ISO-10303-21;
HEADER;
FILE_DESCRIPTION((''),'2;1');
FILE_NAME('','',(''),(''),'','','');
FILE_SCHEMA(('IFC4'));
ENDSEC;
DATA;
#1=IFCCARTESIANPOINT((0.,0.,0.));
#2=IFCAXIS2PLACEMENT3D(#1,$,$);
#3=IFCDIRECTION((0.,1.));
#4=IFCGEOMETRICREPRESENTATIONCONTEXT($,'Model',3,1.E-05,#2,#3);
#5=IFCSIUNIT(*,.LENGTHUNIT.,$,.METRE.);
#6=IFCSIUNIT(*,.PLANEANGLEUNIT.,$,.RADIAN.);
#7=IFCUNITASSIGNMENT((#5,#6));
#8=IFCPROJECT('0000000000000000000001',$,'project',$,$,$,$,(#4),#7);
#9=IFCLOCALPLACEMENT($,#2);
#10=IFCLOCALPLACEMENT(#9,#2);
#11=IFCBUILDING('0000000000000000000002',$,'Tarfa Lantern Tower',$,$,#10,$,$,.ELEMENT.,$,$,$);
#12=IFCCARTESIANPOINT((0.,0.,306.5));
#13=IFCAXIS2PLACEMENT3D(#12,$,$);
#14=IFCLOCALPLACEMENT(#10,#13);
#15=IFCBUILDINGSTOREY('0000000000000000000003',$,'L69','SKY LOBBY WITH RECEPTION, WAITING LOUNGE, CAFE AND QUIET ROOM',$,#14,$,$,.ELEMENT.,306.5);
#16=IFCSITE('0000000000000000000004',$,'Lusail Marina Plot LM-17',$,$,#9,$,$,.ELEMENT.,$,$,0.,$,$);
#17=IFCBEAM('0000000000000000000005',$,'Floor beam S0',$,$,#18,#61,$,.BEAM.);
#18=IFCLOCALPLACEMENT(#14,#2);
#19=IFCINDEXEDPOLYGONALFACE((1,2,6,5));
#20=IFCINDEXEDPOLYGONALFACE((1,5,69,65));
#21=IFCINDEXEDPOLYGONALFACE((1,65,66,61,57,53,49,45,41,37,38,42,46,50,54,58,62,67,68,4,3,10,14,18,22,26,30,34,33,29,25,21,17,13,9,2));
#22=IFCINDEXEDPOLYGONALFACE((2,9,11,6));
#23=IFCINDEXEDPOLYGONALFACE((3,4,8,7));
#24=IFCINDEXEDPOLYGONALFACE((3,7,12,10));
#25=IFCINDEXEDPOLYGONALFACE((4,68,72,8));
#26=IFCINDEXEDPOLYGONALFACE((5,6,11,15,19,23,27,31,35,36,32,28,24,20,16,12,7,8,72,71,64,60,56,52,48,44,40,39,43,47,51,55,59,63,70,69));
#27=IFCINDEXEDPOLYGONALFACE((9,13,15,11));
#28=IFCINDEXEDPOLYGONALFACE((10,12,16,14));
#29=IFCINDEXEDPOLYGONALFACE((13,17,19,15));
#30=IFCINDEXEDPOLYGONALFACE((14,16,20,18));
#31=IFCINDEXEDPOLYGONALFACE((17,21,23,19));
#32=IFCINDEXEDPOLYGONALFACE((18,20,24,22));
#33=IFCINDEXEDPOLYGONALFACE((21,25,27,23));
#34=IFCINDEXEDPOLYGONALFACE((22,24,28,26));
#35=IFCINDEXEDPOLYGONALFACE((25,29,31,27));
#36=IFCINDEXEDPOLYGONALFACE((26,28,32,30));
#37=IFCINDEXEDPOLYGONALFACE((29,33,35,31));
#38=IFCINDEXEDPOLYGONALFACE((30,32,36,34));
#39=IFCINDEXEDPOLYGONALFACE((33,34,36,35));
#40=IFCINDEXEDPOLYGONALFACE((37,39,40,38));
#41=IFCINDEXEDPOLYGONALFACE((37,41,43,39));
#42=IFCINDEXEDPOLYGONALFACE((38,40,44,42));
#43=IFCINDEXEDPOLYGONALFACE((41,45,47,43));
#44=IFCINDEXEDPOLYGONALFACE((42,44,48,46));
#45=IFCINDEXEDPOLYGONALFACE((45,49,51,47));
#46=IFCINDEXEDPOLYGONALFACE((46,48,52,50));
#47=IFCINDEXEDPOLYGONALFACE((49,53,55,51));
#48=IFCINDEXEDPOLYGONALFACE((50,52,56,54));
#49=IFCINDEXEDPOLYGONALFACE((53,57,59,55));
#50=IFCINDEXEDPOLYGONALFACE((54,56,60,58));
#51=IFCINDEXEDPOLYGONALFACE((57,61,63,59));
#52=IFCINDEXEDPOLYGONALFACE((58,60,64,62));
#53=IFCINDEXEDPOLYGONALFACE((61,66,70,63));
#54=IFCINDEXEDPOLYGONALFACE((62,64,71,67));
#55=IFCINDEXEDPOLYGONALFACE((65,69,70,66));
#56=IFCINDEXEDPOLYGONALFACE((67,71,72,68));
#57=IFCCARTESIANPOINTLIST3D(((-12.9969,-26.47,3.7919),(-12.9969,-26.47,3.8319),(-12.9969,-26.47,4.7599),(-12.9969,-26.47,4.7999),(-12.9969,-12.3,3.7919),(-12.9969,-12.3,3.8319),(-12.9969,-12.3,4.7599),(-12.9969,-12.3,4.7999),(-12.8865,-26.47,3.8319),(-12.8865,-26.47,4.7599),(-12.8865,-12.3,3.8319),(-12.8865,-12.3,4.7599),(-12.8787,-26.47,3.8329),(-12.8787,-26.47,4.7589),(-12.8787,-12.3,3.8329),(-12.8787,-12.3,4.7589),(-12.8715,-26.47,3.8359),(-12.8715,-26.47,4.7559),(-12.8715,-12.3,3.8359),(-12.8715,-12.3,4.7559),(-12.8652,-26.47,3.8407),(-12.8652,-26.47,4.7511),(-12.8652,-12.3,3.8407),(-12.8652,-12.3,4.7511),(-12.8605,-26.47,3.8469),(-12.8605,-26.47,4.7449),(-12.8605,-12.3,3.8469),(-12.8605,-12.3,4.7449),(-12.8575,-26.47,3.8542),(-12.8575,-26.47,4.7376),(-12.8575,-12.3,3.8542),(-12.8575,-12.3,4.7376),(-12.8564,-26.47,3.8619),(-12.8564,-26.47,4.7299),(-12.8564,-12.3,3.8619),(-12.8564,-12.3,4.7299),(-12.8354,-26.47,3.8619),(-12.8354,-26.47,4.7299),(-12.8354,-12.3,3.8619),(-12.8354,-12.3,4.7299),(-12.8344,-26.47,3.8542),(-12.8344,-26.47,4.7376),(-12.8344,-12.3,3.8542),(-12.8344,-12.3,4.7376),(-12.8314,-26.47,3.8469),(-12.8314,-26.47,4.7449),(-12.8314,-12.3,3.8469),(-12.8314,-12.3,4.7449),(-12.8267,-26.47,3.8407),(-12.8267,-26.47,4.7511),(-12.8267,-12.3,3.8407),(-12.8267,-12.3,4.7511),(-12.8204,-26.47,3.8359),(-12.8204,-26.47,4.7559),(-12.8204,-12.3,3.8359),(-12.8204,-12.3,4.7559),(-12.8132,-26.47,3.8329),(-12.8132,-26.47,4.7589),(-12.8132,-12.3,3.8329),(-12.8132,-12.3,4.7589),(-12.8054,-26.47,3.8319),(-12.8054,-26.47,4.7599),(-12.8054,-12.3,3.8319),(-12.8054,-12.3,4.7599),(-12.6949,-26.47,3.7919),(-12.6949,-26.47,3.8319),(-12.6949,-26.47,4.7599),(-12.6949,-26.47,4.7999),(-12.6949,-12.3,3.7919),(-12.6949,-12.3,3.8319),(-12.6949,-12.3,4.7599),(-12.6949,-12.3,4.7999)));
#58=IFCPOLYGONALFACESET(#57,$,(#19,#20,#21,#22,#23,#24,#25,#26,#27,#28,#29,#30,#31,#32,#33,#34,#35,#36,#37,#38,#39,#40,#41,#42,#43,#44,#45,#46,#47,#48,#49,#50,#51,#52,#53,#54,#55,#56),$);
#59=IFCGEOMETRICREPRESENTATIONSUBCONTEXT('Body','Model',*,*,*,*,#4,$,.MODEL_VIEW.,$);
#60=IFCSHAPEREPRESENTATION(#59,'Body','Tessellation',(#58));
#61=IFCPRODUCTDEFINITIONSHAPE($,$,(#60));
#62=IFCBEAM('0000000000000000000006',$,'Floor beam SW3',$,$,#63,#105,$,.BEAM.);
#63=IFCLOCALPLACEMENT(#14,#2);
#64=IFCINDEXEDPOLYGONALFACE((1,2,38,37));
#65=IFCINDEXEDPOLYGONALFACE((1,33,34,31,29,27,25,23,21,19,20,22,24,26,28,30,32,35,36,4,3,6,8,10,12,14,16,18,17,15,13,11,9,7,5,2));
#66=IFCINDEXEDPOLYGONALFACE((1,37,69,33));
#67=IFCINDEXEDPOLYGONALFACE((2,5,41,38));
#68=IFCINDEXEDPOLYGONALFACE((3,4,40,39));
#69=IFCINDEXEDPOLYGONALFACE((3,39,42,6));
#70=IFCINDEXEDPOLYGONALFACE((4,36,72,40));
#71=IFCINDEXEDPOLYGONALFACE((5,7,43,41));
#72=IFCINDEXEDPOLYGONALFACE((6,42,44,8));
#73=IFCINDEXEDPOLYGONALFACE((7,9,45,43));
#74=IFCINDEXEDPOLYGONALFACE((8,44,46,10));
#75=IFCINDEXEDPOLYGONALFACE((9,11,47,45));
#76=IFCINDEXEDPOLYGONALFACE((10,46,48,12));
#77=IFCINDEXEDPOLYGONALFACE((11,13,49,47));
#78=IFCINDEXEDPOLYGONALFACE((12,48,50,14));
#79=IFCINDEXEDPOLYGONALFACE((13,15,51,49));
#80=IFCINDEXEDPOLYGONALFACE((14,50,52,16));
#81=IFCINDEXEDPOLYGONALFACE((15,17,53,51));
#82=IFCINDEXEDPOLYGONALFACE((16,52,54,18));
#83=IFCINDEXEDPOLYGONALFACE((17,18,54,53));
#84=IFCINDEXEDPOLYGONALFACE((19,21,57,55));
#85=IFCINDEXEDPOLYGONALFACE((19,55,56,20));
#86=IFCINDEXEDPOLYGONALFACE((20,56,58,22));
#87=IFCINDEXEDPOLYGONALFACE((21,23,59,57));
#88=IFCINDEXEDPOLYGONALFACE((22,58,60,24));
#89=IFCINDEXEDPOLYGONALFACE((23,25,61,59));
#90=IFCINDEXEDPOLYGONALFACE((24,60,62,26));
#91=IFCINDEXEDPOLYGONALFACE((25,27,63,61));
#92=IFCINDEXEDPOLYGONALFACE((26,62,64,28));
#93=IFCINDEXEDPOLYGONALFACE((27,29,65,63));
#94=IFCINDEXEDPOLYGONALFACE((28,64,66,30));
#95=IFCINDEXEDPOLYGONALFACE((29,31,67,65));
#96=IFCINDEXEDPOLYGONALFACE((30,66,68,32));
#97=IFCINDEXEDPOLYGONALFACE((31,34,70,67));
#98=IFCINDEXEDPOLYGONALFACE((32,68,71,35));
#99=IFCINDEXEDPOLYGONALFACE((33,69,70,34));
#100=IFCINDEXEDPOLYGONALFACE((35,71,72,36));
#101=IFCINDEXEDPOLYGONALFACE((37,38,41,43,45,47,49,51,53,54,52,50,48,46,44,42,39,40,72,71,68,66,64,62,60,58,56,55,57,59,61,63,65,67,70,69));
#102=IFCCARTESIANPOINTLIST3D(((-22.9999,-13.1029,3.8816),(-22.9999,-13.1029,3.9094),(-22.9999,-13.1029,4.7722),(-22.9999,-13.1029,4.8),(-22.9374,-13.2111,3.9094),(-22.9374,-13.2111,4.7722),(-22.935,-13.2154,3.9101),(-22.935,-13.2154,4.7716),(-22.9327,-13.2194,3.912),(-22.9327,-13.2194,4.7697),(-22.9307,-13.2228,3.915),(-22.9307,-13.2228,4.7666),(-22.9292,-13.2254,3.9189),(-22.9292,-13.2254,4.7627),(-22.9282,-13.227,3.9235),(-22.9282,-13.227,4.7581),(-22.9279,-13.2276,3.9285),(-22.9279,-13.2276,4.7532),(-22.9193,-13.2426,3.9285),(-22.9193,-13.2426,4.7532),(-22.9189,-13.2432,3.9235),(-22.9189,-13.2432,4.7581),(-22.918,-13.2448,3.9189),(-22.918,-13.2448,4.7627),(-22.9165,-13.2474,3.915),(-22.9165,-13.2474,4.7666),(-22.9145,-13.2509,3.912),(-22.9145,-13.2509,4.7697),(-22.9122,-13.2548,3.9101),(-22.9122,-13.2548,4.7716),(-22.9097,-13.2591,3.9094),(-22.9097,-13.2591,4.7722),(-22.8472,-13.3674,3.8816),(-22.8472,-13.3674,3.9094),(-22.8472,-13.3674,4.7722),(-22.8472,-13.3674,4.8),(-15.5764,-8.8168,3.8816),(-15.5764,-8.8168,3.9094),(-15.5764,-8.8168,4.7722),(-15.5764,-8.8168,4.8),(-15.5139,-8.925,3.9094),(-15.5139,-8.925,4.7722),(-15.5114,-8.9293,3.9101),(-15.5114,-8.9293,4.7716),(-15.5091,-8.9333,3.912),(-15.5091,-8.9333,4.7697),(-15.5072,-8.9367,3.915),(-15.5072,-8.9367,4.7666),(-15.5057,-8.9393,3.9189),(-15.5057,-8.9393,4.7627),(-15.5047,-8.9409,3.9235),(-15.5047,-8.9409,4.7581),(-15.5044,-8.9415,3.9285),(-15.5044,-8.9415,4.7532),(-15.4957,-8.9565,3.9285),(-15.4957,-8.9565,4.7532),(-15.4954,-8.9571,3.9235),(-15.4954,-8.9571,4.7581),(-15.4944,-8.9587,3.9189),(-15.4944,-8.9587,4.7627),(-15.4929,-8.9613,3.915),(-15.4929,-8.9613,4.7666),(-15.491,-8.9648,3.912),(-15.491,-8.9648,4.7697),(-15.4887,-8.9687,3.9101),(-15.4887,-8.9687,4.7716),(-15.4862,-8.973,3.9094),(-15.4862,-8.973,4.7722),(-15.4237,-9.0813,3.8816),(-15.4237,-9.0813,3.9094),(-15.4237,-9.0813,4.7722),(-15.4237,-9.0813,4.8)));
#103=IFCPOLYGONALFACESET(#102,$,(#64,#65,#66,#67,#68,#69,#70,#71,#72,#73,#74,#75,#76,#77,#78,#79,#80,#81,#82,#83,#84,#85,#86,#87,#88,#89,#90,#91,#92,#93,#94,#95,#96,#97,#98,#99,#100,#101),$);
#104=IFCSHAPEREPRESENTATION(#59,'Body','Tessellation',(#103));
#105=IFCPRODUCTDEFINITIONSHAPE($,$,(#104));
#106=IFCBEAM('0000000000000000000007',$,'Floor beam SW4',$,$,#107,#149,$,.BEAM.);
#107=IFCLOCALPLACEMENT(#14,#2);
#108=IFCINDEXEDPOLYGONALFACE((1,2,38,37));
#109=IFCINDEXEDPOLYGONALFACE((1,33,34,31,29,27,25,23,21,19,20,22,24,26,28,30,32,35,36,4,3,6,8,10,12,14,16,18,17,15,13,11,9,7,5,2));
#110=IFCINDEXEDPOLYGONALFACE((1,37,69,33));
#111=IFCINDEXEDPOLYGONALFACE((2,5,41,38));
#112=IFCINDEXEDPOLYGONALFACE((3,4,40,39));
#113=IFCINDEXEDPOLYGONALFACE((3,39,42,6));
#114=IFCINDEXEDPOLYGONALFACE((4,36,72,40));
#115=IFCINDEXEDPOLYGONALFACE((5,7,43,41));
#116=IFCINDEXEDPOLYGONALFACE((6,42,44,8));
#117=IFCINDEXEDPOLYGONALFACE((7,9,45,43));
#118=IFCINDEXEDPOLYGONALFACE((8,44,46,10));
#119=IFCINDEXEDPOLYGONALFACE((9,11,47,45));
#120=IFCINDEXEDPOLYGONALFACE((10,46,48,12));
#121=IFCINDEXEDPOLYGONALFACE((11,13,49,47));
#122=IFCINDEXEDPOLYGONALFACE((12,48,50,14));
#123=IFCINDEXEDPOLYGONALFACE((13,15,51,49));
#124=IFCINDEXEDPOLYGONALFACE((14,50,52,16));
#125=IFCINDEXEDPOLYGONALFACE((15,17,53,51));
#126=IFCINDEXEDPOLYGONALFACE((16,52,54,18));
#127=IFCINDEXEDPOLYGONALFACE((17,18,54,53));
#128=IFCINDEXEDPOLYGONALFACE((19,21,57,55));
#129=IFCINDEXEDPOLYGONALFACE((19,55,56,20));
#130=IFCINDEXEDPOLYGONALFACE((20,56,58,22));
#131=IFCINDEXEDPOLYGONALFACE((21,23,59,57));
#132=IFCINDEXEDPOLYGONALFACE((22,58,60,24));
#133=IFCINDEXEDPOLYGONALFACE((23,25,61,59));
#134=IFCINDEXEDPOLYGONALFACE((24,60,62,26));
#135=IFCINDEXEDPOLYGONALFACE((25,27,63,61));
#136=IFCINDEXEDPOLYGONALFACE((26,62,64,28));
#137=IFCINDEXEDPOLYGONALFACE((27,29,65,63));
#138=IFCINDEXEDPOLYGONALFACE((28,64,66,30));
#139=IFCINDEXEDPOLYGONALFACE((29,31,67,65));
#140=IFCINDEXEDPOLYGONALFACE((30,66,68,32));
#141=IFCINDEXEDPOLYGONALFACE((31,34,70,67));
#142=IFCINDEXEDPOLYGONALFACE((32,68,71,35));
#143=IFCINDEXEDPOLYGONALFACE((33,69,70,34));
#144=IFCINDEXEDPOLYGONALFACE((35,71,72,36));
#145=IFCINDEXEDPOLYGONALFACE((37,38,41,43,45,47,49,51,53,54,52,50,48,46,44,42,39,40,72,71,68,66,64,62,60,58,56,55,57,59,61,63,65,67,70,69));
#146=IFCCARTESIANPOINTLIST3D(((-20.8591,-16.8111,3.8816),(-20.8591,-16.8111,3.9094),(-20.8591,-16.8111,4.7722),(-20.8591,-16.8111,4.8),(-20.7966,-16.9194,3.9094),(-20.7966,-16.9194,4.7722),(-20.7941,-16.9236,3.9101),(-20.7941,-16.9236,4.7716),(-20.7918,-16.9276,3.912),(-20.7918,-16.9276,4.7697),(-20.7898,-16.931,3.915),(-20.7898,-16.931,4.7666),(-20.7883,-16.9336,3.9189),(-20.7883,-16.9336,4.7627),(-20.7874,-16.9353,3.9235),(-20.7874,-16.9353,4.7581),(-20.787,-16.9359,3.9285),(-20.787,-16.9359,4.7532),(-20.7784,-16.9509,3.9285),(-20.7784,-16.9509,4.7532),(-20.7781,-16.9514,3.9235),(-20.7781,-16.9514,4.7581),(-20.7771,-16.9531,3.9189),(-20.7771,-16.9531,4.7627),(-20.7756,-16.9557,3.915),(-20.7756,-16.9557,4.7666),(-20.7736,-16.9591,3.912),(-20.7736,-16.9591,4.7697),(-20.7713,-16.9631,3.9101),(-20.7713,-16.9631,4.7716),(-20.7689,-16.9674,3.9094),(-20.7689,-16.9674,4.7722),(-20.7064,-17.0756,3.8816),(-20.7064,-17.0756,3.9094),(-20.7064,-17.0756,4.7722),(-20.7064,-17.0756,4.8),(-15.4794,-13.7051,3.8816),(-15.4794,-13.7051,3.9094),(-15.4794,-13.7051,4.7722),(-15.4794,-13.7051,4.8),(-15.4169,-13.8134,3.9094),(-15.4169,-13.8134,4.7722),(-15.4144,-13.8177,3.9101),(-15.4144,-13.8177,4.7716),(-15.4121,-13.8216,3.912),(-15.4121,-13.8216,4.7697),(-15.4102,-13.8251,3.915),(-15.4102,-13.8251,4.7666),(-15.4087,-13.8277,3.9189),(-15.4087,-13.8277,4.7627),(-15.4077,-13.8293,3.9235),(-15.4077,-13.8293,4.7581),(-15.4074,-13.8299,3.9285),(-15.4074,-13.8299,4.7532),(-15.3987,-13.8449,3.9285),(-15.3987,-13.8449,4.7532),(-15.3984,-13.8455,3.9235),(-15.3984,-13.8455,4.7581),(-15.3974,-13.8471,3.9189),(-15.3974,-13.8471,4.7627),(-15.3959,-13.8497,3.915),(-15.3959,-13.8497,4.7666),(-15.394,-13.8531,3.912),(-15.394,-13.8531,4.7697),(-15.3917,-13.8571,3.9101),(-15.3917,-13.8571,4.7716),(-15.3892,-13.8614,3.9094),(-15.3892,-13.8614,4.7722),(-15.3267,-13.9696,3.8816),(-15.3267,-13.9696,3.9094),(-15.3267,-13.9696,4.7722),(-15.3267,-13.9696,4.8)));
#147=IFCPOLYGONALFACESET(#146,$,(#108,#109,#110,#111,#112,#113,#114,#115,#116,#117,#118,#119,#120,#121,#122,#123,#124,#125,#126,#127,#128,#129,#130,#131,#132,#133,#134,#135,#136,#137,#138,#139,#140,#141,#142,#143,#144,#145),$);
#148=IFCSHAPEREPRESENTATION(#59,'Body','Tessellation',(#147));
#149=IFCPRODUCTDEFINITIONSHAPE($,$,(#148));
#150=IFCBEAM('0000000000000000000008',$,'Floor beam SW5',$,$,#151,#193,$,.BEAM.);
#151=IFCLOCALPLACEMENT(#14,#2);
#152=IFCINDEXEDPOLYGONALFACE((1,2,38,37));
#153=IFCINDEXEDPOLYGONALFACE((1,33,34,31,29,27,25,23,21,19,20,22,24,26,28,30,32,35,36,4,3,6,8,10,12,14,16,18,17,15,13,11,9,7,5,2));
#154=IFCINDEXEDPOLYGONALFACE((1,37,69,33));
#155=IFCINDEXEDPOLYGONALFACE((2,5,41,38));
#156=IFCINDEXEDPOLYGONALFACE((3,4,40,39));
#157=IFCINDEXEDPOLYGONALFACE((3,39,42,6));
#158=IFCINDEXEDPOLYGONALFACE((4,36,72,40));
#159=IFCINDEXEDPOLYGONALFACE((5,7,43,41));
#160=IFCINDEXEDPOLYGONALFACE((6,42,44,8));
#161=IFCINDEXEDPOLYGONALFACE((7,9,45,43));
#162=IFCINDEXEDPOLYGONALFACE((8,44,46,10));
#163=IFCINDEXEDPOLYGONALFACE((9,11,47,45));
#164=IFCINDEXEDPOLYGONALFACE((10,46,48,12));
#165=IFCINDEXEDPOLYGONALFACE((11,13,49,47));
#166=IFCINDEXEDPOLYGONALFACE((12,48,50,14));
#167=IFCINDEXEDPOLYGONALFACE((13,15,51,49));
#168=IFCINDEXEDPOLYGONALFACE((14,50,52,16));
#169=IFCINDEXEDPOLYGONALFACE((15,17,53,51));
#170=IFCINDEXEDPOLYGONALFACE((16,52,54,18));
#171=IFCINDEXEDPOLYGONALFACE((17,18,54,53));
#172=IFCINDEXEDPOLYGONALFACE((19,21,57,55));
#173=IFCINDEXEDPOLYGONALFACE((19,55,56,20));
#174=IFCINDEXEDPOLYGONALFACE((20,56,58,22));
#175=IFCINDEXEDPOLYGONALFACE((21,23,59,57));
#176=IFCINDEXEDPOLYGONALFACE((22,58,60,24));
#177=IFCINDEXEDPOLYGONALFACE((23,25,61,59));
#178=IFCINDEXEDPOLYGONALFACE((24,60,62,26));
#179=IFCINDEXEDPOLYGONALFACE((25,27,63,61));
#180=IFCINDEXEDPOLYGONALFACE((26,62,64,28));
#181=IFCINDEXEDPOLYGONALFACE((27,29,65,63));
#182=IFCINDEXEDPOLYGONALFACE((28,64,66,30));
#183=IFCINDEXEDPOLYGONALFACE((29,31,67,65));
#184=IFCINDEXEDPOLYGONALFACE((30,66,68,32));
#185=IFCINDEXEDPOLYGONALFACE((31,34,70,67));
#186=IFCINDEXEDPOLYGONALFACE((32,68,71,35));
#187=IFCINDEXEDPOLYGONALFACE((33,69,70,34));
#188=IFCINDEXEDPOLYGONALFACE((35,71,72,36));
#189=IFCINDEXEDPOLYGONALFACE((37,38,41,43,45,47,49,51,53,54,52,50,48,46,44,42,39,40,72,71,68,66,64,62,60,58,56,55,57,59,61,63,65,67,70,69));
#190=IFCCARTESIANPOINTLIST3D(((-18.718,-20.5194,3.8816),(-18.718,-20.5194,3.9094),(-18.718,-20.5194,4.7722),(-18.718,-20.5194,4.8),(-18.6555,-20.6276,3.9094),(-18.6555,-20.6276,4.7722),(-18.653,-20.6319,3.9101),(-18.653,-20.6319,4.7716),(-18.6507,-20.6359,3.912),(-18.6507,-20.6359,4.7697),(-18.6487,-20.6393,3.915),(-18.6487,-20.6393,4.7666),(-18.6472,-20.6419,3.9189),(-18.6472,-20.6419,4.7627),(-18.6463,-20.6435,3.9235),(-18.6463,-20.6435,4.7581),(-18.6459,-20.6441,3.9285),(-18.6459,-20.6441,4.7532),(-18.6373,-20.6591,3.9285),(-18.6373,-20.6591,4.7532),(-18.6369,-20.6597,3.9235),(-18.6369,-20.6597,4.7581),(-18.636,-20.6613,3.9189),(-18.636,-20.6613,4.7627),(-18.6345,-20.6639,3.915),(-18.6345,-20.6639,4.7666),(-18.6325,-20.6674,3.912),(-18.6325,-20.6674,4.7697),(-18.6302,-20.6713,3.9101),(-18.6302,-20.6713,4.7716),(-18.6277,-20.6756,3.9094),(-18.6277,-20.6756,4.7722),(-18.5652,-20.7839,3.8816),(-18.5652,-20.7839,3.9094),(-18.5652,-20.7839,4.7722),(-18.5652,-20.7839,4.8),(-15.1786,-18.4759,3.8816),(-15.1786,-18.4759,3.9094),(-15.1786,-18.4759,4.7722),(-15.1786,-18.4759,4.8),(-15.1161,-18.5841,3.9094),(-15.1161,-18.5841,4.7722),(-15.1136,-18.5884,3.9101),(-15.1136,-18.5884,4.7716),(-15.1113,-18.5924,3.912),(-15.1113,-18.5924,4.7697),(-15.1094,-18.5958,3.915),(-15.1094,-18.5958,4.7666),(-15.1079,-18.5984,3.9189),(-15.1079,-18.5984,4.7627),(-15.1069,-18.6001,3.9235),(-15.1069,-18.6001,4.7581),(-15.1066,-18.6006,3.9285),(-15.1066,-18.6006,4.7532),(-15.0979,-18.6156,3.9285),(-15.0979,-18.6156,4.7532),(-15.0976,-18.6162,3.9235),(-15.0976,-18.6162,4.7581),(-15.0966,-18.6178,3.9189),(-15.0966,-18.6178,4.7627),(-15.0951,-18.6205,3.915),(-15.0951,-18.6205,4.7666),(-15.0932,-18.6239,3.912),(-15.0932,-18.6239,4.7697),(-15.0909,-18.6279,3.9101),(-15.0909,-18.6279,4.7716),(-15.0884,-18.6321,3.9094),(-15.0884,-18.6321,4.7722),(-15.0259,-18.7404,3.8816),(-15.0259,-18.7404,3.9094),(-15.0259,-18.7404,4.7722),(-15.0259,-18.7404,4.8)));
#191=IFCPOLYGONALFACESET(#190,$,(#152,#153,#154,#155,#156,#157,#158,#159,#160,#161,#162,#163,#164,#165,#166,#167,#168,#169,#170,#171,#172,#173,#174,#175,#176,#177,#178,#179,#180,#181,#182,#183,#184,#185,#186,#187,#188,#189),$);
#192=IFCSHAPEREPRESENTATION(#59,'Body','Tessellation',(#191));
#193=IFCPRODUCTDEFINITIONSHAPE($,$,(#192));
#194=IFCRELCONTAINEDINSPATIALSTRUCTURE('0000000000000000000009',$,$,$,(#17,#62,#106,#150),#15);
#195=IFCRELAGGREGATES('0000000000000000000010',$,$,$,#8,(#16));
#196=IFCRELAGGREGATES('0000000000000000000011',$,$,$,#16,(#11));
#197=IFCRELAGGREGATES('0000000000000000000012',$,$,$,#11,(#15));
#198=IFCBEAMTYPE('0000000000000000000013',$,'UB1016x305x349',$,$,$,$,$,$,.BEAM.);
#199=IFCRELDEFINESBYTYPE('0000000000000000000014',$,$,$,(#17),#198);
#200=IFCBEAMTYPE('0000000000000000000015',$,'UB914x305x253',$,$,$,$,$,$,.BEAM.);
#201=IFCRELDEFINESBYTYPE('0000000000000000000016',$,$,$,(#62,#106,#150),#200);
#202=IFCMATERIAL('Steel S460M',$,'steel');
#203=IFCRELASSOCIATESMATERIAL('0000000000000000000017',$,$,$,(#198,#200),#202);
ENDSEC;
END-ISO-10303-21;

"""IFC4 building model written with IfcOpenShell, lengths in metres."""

from ifc_helpers import new_model, si_unit, direction, frame, origin, origin_2d, place, context, subcontext, project, spatial, i_section, extrude, material, material_profile, profile_set, type_object, element, save


model = new_model("IFC4")

# Units and contexts
model_context = context("Model", 3, precision=1e-05, world=origin(), true_north=direction((0.0, 1.0)))
body_context = subcontext(model_context, "Body", "Model", "MODEL_VIEW")
ifc_project = project(units=[si_unit("LENGTHUNIT", "METRE"), si_unit("PLANEANGLEUNIT", "RADIAN")], contexts=[model_context])

# Site, building, storey
site_placement = place(None, origin())
site = spatial("IfcSite", under=ifc_project, at=site_placement, Name="Lusail Marina Plot LM-17", CompositionType="ELEMENT", RefElevation=0.0)
building_placement = place(site_placement, origin())
building = spatial("IfcBuilding", under=site, at=building_placement, Name="Tarfa Lantern Tower", CompositionType="ELEMENT")
storey_placement = place(building_placement, frame((0.0, 0.0, 306.5)))
storey = spatial("IfcBuildingStorey", under=building, at=storey_placement, Name="L69", Description="SKY LOBBY WITH RECEPTION, WAITING LOUNGE, CAFE AND QUIET ROOM", CompositionType="ELEMENT", Elevation=306.5)

# Shared definitions
ifc_material_1 = material(Name="Steel S460M", Category="steel")

# Beams
ifc_material_profile_1 = material_profile(ifc_material_1, i_section(OverallWidth=0.302, OverallDepth=1.0081, WebThickness=0.021, FlangeThickness=0.04, FilletRadius=0.03, at=origin_2d()), Name="UB1016x305x349")
ifc_profile_set_1 = profile_set([ifc_material_profile_1], Name="Steel S460M")
beam_type_1 = type_object("IfcBeamType", Name="UB1016x305x349", PredefinedType="BEAM", material=ifc_profile_set_1)
beam_1_placement = place(storey_placement, frame((-12.8459, -26.47, 4.2959), z_axis=(0.0, 1.0, 0.0), x_axis=(-1.0, 0.0, 0.0)))
element("IfcBeam", 1, at=beam_1_placement, inside=storey, type_object=beam_type_1, Name="Floor beam S0", PredefinedType="BEAM", context=body_context, shape_type="SweptSolid", body=[
    extrude(i_section(OverallWidth=0.302, OverallDepth=1.0081, WebThickness=0.021, FlangeThickness=0.04, FilletRadius=0.03, at=origin_2d()), origin(), (0.0, 0.0, 1.0), 14.1699),
])
ifc_material_profile_2 = material_profile(ifc_material_1, i_section(OverallWidth=0.3054, OverallDepth=0.9185, WebThickness=0.0173, FlangeThickness=0.0278, FilletRadius=0.019, at=origin_2d()), Name="UB914x305x253")
ifc_profile_set_2 = profile_set([ifc_material_profile_2], Name="Steel S460M")
beam_type_2 = type_object("IfcBeamType", Name="UB914x305x253", PredefinedType="BEAM", material=ifc_profile_set_2)
beam_2_placement = place(storey_placement, frame((-22.9236, -13.2351, 4.3408), z_axis=(0.866019, 0.500011, 0.0), x_axis=(-0.500011, 0.866019, 0.0)))
element("IfcBeam", 2, at=beam_2_placement, inside=storey, type_object=beam_type_2, Name="Floor beam SW3", PredefinedType="BEAM", context=body_context, shape_type="SweptSolid", body=[
    extrude(i_section(OverallWidth=0.3054, OverallDepth=0.9185, WebThickness=0.0173, FlangeThickness=0.0278, FilletRadius=0.019, at=origin_2d()), origin(), (0.0, 0.0, 1.0), 8.572),
])
beam_3_placement = place(storey_placement, frame((-20.7827, -16.9434, 4.3408), z_axis=(0.866024, 0.500003, 0.0), x_axis=(-0.500003, 0.866024, 0.0)))
element("IfcBeam", 3, at=beam_3_placement, inside=storey, type_object=beam_type_2, Name="Floor beam SW4", PredefinedType="BEAM", context=body_context, shape_type="SweptSolid", body=[
    extrude(i_section(OverallWidth=0.3054, OverallDepth=0.9185, WebThickness=0.0173, FlangeThickness=0.0278, FilletRadius=0.019, at=origin_2d()), origin(), (0.0, 0.0, 1.0), 6.2119),
])
beam_4_placement = place(storey_placement, frame((-18.6416, -20.6516, 4.3408), z_axis=(0.866021, 0.500007, 0.0), x_axis=(-0.500007, 0.866021, 0.0)))
element("IfcBeam", 4, at=beam_4_placement, inside=storey, type_object=beam_type_2, Name="Floor beam SW5", PredefinedType="BEAM", context=body_context, shape_type="SweptSolid", body=[
    extrude(i_section(OverallWidth=0.3054, OverallDepth=0.9185, WebThickness=0.0173, FlangeThickness=0.0278, FilletRadius=0.019, at=origin_2d()), origin(), (0.0, 0.0, 1.0), 4.0869),
])

save(model, "model.ifc")
